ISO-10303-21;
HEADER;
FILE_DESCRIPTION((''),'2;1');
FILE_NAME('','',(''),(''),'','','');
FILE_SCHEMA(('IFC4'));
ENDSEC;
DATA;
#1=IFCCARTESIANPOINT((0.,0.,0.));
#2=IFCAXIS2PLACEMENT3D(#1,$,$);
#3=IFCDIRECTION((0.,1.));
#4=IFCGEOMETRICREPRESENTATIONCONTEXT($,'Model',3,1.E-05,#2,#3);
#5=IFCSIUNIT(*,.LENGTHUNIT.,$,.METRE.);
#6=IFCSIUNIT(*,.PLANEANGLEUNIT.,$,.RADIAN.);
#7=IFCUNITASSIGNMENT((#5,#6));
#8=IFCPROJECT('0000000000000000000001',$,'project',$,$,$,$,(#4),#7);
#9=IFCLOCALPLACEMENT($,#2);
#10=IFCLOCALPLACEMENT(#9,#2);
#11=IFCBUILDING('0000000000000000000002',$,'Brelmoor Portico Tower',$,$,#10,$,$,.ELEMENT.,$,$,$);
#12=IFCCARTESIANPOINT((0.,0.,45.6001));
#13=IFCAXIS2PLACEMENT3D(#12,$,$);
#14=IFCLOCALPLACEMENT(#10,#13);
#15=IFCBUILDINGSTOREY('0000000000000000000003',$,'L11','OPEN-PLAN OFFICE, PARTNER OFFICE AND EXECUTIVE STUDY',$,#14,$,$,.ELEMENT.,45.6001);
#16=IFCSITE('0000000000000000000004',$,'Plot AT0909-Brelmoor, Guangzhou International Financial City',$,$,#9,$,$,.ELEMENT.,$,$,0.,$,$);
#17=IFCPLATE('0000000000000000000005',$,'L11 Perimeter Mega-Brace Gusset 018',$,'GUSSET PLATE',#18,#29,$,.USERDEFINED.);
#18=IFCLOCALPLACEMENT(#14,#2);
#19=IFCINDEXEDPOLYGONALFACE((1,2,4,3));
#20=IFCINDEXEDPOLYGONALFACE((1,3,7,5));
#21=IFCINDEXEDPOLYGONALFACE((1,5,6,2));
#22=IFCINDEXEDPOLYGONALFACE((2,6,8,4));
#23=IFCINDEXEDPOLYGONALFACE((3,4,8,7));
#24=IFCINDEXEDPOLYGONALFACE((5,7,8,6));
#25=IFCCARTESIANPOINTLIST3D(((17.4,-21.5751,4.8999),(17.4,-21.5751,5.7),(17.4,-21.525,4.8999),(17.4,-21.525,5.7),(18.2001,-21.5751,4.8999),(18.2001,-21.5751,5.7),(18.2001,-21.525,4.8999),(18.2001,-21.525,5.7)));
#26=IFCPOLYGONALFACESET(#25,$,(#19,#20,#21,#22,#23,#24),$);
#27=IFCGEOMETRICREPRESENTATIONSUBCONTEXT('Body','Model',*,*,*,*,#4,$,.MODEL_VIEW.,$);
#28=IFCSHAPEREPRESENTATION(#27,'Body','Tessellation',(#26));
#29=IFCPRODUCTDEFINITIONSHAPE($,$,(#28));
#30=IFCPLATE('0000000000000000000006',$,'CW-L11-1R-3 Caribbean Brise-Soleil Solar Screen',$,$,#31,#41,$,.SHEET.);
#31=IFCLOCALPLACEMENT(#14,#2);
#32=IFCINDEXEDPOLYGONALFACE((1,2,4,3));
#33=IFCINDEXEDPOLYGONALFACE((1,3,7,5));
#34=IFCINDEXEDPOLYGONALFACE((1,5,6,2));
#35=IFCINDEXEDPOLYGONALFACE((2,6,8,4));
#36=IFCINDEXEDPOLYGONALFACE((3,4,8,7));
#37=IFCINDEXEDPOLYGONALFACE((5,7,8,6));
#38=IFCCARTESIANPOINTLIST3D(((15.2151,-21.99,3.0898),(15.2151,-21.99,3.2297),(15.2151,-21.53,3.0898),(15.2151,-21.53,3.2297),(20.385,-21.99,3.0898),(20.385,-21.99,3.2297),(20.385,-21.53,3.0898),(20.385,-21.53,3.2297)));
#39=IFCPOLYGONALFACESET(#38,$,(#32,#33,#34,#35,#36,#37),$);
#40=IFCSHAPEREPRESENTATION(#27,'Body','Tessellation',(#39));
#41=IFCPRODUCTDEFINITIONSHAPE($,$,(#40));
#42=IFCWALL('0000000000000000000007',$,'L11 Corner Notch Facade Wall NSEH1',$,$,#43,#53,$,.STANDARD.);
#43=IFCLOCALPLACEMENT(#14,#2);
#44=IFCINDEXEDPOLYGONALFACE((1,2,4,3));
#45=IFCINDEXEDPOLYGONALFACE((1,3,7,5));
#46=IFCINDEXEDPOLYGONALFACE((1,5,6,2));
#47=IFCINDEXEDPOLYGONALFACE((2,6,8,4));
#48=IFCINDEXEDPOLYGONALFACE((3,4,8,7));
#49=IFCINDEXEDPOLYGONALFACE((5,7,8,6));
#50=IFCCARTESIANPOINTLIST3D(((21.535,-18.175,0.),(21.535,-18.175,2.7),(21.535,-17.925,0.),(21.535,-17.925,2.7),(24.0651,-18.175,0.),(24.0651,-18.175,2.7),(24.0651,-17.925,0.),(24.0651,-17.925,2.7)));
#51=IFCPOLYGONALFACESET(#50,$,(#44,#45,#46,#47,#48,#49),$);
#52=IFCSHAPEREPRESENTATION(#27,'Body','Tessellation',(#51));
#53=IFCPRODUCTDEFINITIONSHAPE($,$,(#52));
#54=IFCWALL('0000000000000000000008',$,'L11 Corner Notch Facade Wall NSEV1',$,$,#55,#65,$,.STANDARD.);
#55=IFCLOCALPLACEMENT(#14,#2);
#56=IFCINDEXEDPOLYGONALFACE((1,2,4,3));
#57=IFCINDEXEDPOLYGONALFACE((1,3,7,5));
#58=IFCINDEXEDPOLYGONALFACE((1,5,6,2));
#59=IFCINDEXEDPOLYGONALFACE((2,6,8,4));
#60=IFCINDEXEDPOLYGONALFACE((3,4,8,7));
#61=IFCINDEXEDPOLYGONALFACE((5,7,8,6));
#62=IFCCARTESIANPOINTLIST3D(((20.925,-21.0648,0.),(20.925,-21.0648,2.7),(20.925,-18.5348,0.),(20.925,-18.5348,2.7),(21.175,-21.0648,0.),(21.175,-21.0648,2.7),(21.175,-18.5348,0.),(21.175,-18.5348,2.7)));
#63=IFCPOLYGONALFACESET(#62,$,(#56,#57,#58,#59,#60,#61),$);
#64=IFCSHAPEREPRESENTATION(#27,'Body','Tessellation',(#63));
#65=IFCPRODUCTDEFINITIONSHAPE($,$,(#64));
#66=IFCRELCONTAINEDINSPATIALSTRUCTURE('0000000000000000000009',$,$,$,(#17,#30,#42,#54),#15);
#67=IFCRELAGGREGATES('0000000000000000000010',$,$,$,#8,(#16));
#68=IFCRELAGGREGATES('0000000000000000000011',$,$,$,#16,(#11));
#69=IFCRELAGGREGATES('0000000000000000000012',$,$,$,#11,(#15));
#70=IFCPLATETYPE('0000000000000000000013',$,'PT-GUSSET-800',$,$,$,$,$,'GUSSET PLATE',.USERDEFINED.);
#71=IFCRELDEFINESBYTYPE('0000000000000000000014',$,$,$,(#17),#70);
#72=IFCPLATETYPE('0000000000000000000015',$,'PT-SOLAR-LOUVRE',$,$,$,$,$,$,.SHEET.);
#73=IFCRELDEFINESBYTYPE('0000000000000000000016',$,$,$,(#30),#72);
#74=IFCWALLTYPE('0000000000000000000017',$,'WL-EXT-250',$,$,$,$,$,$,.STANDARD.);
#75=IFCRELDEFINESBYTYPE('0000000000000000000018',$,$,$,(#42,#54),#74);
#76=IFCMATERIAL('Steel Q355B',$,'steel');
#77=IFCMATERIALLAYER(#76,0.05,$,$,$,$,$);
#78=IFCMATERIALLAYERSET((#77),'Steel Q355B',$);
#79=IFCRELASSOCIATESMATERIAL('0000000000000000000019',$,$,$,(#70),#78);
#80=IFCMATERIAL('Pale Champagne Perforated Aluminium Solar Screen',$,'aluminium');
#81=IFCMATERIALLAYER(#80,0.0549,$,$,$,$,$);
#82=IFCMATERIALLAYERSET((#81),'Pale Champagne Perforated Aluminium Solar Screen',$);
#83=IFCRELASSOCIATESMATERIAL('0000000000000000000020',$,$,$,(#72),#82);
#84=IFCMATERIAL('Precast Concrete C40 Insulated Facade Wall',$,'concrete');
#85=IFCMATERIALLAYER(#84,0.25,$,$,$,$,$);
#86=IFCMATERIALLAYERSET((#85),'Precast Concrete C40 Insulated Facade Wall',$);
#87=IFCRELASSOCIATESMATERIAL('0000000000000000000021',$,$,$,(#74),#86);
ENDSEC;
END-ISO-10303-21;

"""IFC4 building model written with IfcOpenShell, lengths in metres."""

from ifc_helpers import new_model, si_unit, direction, frame, frame_2d, origin, origin_2d, place, context, subcontext, project, spatial, rectangle, extrude, material, layer, layer_set, type_object, element, save


model = new_model("IFC4")

# Units and contexts
model_context = context("Model", 3, precision=1e-05, world=origin(), true_north=direction((0.0, 1.0)))
body_context = subcontext(model_context, "Body", "Model", "MODEL_VIEW")
ifc_project = project(units=[si_unit("LENGTHUNIT", "METRE"), si_unit("PLANEANGLEUNIT", "RADIAN")], contexts=[model_context])

# Site, building, storey
site_placement = place(None, origin())
site = spatial("IfcSite", under=ifc_project, at=site_placement, Name="Plot AT0909-Brelmoor, Guangzhou International Financial City", CompositionType="ELEMENT", RefElevation=0.0)
building_placement = place(site_placement, origin())
building = spatial("IfcBuilding", under=site, at=building_placement, Name="Brelmoor Portico Tower", CompositionType="ELEMENT")
storey_placement = place(building_placement, frame((0.0, 0.0, 45.6001)))
storey = spatial("IfcBuildingStorey", under=building, at=storey_placement, Name="L11", Description="OPEN-PLAN OFFICE, PARTNER OFFICE AND EXECUTIVE STUDY", CompositionType="ELEMENT", Elevation=45.6001)

# Shared definitions
ifc_material_1 = material(Name="Steel Q355B", Category="steel")

# Plates
ifc_layer_1 = layer(ifc_material_1, 0.05)
ifc_layer_set_1 = layer_set([ifc_layer_1], Name="Steel Q355B")
plate_type_1 = type_object("IfcPlateType", Name="PT-GUSSET-800", ElementType="GUSSET PLATE", PredefinedType="USERDEFINED", material=ifc_layer_set_1)
plate_1_placement = place(storey_placement, frame((17.8, -21.55, 4.8999), z_axis=(0.0, 0.0, 1.0), x_axis=(1.0, 0.0, 0.0)))
element("IfcPlate", 1, at=plate_1_placement, inside=storey, type_object=plate_type_1, Name="L11 Perimeter Mega-Brace Gusset 018", ObjectType="GUSSET PLATE", PredefinedType="USERDEFINED", context=body_context, shape_type="SweptSolid", body=[
    extrude(rectangle(XDim=0.8, YDim=0.05, at=origin_2d()), origin(), (0.0, 0.0, 1.0), 0.8),
])
ifc_material_2 = material(Name="Pale Champagne Perforated Aluminium Solar Screen", Category="aluminium")
ifc_layer_2 = layer(ifc_material_2, 0.0549)
ifc_layer_set_2 = layer_set([ifc_layer_2], Name="Pale Champagne Perforated Aluminium Solar Screen")
plate_type_2 = type_object("IfcPlateType", Name="PT-SOLAR-LOUVRE", PredefinedType="SHEET", material=ifc_layer_set_2)
plate_2_placement = place(storey_placement, frame((17.8, -21.76, 3.0898), z_axis=(0.0, 0.0, 1.0), x_axis=(1.0, 0.0, 0.0)))
element("IfcPlate", 2, at=plate_2_placement, inside=storey, type_object=plate_type_2, Name="CW-L11-1R-3 Caribbean Brise-Soleil Solar Screen", PredefinedType="SHEET", context=body_context, shape_type="SweptSolid", body=[
    extrude(rectangle(XDim=5.1699, YDim=0.46, at=origin_2d()), origin(), (0.0, 0.0, 1.0), 0.1399),
])

# Walls
ifc_material_3 = material(Name="Precast Concrete C40 Insulated Facade Wall", Category="concrete")
ifc_layer_3 = layer(ifc_material_3, 0.25)
ifc_layer_set_3 = layer_set([ifc_layer_3], Name="Precast Concrete C40 Insulated Facade Wall")
wall_type = type_object("IfcWallType", Name="WL-EXT-250", PredefinedType="STANDARD", material=ifc_layer_set_3)
for number, where, z_axis, x_axis, name in (
    (3, (21.5349, -18.05, 0.0), (0.0, 0.0, 1.0), (1.0, 0.0, 0.0), "L11 Corner Notch Facade Wall NSEH1"),
    (4, (21.05, -21.0649, 0.0), (0.0, 0.0, 1.0), (0.0, 1.0, 0.0), "L11 Corner Notch Facade Wall NSEV1"),
):
    element("IfcWall", number, at=place(storey_placement, frame(where, z_axis=z_axis, x_axis=x_axis)), inside=storey, type_object=wall_type, Name=name, PredefinedType="STANDARD", context=body_context, shape_type="SweptSolid", body=[
        extrude(rectangle(XDim=2.53, YDim=0.25, at=frame_2d((1.2651, 0.0))), origin(), (0.0, 0.0, 1.0), 2.7),
    ])

save(model, "model.ifc")
